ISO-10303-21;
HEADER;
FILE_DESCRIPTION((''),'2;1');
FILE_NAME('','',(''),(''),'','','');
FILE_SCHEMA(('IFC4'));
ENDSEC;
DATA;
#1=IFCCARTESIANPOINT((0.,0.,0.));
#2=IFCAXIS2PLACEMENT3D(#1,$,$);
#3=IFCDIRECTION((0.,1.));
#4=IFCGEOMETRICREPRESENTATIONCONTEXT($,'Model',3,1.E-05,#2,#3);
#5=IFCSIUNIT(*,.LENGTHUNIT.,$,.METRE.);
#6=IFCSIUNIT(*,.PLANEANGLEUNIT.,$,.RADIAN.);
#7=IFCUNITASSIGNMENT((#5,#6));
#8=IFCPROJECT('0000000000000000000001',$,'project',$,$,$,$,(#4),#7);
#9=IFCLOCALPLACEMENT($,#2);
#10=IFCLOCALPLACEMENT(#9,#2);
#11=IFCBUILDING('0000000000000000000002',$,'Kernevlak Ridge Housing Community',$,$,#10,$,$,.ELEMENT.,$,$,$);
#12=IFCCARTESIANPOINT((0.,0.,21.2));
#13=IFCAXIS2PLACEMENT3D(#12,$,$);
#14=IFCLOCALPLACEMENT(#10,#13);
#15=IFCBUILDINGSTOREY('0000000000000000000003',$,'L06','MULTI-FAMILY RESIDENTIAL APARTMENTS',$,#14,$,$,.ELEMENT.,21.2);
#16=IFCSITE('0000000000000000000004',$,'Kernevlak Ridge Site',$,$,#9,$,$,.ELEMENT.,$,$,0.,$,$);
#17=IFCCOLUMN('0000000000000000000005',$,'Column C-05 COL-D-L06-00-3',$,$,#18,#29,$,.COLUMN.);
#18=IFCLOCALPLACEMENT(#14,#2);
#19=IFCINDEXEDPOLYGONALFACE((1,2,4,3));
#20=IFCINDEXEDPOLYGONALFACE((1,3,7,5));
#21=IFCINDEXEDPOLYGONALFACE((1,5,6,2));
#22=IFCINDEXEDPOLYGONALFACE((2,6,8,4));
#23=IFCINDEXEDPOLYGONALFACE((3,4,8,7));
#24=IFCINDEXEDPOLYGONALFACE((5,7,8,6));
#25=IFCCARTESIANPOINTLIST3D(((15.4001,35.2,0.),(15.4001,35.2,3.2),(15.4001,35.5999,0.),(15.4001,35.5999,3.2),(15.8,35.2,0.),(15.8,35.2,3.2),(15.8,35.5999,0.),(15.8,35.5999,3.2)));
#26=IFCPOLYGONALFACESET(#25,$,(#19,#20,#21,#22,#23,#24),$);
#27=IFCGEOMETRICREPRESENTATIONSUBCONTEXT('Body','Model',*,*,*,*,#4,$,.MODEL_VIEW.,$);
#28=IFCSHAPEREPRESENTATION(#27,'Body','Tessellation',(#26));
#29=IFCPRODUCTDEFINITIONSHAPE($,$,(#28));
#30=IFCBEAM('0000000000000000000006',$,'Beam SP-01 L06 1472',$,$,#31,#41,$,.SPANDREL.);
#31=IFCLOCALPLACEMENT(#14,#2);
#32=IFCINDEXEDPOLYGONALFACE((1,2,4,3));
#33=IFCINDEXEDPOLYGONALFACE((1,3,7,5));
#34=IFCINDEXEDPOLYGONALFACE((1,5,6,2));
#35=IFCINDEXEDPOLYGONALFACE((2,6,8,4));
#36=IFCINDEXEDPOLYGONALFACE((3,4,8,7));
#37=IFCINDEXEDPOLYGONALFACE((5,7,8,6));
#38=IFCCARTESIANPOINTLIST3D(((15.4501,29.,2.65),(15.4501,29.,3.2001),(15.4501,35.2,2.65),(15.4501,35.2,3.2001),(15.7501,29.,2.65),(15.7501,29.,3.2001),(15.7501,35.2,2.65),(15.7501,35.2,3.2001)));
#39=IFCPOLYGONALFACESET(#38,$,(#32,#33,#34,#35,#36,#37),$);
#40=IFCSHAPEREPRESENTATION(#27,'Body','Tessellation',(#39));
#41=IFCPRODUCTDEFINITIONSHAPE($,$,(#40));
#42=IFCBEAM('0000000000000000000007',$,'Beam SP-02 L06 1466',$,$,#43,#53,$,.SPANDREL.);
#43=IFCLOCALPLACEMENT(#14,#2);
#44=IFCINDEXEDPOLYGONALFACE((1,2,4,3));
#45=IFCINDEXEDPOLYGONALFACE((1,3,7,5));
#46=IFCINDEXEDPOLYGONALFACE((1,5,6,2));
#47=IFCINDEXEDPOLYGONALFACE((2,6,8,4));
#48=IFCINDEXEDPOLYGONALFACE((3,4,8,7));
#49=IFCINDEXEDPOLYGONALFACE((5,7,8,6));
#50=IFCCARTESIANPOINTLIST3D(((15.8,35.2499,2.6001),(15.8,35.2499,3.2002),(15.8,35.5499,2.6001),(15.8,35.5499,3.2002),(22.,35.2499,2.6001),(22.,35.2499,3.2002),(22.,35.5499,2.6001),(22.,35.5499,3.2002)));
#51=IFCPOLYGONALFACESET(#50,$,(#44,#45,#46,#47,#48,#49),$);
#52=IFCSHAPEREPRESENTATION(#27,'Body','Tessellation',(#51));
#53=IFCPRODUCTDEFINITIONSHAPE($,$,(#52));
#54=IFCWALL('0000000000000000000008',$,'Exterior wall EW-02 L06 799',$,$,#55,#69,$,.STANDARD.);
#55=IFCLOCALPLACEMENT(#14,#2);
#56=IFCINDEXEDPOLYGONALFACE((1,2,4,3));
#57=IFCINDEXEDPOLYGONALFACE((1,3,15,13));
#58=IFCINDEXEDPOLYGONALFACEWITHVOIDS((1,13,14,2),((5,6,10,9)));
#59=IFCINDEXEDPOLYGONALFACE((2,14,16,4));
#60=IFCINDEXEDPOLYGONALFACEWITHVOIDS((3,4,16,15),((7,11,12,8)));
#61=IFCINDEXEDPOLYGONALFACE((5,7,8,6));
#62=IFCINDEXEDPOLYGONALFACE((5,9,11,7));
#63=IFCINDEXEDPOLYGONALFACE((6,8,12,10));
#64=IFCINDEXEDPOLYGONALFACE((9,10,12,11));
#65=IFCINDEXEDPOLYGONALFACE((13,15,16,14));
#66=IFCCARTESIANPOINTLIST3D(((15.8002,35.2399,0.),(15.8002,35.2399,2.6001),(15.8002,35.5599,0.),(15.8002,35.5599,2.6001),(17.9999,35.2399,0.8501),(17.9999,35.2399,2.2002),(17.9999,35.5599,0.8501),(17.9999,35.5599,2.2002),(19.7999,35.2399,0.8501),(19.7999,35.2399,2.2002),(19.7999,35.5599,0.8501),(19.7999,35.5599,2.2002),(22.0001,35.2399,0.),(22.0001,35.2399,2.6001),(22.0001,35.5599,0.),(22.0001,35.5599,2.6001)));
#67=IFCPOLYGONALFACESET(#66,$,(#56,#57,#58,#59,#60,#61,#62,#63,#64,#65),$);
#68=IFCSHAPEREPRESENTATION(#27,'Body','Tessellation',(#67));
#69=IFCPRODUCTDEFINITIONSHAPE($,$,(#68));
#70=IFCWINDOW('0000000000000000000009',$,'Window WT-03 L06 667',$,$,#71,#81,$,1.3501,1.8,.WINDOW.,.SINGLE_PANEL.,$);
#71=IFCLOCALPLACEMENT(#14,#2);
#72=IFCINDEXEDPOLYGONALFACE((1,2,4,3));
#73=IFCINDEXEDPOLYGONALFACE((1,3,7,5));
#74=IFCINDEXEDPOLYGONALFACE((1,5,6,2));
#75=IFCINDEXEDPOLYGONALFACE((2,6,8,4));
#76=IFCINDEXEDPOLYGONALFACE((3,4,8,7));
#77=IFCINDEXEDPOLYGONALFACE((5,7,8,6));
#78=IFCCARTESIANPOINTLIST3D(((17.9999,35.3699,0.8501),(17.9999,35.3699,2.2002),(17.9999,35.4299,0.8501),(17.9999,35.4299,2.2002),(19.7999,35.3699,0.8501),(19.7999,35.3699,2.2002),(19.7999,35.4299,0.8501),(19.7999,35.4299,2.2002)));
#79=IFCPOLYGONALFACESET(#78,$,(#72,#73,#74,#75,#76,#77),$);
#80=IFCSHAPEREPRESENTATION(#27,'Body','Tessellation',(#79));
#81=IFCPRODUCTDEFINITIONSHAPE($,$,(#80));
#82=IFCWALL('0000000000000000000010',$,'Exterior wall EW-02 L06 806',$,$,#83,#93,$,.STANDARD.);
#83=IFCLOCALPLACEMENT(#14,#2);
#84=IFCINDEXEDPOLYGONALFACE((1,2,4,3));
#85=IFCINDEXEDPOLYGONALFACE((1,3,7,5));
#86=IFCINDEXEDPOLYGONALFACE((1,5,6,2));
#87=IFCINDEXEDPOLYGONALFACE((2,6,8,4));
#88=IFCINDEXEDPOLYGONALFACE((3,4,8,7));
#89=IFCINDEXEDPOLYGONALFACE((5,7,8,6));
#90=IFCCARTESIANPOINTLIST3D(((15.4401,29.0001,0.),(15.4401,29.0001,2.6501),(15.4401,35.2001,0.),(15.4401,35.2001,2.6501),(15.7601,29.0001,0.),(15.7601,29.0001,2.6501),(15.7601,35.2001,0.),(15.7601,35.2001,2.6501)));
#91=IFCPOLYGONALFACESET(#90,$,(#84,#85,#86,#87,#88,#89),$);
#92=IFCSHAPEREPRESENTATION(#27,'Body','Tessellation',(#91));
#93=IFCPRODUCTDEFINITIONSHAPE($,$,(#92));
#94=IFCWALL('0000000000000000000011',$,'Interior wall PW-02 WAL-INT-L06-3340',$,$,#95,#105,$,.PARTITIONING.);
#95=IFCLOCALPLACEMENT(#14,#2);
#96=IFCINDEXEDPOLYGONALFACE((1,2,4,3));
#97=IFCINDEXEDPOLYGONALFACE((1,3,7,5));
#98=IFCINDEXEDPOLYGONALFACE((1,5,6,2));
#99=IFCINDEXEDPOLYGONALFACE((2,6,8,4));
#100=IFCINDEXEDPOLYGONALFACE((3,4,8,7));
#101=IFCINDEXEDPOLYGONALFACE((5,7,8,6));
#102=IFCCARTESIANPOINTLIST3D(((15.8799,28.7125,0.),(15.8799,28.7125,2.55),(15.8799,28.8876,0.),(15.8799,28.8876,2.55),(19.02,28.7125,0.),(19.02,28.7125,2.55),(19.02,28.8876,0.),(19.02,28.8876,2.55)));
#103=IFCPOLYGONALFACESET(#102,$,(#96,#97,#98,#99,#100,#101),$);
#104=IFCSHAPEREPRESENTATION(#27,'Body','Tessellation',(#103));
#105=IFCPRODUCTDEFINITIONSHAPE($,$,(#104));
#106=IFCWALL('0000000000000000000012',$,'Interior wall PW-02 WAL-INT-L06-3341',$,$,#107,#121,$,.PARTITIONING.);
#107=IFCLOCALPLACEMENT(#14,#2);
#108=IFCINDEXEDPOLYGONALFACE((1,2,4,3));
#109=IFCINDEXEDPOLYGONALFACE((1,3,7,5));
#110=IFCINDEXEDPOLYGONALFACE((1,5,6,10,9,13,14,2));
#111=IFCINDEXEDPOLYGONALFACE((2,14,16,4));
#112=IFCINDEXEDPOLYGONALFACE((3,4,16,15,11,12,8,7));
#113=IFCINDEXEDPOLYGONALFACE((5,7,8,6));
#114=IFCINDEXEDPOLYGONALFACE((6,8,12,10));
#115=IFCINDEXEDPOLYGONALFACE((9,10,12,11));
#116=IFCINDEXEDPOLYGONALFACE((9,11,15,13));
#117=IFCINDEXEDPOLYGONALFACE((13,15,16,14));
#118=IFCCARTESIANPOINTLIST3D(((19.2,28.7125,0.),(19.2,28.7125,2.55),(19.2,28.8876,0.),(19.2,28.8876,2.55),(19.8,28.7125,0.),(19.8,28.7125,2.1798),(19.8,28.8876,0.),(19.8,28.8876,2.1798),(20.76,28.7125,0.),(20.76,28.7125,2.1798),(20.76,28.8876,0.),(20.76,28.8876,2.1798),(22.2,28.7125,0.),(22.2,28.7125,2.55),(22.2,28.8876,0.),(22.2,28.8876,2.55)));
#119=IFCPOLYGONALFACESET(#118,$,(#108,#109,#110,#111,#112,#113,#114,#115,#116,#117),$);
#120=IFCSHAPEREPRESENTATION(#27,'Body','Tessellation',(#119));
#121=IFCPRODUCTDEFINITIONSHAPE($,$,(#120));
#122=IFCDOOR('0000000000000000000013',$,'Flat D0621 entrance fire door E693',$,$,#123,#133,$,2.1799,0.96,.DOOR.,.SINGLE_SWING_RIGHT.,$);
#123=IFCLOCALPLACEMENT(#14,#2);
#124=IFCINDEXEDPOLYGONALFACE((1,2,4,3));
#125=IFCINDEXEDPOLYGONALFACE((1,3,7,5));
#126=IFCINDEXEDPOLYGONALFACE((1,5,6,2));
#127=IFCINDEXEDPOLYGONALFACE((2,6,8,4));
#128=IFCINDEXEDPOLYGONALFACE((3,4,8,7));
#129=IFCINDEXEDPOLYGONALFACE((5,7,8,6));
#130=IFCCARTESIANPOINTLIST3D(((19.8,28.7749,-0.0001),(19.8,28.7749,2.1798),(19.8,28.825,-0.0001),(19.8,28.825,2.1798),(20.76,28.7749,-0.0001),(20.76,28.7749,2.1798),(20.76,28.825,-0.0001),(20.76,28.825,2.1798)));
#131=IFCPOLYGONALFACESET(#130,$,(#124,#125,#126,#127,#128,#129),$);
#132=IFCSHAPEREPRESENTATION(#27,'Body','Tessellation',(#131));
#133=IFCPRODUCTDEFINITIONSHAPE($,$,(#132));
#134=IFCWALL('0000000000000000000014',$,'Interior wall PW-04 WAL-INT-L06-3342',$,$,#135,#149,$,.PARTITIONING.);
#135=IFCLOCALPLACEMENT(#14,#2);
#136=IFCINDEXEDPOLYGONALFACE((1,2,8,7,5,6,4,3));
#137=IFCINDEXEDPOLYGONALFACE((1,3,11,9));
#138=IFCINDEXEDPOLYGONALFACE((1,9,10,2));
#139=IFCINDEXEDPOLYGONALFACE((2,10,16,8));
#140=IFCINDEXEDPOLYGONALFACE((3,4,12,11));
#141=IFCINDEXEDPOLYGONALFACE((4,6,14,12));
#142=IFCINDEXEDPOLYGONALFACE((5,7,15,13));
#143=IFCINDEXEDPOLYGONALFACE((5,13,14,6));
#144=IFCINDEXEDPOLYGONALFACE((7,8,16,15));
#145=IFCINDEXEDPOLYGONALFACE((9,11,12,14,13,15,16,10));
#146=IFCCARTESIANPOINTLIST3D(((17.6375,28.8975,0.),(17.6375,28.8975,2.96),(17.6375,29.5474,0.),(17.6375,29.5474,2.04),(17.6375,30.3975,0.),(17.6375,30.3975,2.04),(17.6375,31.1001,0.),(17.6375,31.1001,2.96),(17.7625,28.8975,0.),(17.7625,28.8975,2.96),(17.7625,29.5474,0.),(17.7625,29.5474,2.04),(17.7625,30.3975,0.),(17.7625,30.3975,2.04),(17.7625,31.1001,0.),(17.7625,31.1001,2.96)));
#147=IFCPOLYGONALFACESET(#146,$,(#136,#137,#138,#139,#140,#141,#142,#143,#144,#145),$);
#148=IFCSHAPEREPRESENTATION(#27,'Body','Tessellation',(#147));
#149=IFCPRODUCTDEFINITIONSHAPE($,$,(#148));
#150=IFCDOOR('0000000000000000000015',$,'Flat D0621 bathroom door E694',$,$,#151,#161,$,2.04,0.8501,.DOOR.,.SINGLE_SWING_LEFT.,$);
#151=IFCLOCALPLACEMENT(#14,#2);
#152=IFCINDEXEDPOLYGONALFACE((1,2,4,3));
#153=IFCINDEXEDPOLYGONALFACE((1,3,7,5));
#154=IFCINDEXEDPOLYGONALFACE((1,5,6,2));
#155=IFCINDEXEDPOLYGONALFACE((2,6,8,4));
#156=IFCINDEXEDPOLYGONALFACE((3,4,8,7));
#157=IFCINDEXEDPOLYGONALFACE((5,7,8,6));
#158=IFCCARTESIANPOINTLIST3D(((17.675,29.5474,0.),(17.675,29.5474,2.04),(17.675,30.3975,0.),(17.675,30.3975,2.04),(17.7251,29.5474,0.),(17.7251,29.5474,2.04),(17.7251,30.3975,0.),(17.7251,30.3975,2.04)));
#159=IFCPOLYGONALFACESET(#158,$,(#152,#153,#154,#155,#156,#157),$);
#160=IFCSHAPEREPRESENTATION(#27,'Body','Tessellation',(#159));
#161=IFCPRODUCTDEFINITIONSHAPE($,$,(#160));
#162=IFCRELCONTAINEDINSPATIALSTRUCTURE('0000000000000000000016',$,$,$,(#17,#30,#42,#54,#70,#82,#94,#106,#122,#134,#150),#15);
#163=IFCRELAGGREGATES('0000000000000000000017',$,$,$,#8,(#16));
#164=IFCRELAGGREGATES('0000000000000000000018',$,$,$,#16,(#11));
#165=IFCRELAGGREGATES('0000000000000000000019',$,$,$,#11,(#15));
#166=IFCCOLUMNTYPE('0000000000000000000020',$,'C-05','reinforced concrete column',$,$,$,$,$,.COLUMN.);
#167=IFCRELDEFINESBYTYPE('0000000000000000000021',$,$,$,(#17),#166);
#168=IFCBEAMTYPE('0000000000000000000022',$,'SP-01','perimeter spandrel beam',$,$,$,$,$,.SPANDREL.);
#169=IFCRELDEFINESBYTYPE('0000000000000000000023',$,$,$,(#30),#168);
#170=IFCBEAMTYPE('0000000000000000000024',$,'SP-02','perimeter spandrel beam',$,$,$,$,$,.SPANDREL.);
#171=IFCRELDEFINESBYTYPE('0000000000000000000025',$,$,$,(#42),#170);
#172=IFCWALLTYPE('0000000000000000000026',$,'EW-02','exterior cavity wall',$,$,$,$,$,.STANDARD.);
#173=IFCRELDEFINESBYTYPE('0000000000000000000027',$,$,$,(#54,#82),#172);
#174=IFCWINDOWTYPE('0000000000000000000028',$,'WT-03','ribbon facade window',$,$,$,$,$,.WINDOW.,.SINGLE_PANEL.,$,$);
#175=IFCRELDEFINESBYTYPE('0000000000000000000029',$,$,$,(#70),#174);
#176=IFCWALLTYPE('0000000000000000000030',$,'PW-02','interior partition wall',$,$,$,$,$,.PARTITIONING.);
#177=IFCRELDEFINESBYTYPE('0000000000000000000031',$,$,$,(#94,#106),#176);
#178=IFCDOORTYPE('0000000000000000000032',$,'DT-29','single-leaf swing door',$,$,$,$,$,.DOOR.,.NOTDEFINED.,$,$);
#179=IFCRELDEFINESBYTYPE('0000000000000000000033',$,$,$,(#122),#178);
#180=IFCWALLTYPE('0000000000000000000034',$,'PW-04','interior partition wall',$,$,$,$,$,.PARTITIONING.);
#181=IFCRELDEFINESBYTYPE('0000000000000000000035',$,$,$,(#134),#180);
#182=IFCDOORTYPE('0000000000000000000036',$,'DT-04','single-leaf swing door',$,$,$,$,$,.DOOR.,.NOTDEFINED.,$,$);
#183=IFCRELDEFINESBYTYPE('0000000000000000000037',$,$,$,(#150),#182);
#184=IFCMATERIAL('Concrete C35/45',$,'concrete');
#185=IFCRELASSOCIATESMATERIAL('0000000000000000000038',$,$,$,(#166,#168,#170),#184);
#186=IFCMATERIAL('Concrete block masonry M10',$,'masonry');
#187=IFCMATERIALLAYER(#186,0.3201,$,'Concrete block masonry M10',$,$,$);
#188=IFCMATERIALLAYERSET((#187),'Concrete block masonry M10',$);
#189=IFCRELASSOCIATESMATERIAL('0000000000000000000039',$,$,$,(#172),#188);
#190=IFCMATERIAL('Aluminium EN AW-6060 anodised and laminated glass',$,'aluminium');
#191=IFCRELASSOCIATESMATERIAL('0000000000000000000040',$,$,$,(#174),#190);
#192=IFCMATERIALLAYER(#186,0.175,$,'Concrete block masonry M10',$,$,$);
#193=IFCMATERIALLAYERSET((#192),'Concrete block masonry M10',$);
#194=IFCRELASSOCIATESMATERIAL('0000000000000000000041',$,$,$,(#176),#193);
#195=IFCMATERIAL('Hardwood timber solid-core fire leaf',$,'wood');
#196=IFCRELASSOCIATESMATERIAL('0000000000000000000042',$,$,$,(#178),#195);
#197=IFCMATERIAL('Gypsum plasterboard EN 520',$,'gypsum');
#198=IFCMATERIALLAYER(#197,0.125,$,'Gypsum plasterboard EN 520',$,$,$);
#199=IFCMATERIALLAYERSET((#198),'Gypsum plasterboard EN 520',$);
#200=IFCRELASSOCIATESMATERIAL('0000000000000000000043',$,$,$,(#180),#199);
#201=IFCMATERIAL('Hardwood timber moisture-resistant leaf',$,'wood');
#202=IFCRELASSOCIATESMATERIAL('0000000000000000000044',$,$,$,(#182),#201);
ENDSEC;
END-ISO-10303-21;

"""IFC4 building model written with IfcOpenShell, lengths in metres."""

from ifc_helpers import new_model, si_unit, direction, frame, frame_2d, origin, origin_2d, place, context, subcontext, project, spatial, rectangle, extrude, material, layer, layer_set, material_profile, profile_set, type_object, element, fill, save


model = new_model("IFC4")

# Units and contexts
model_context = context("Model", 3, precision=1e-05, world=origin(), true_north=direction((0.0, 1.0)))
body_context = subcontext(model_context, "Body", "Model", "MODEL_VIEW")
ifc_project = project(units=[si_unit("LENGTHUNIT", "METRE"), si_unit("PLANEANGLEUNIT", "RADIAN")], contexts=[model_context])

# Site, building, storey
site_placement = place(None, origin())
site = spatial("IfcSite", under=ifc_project, at=site_placement, Name="Kernevlak Ridge Site", CompositionType="ELEMENT", RefElevation=0.0)
building_placement = place(site_placement, origin())
building = spatial("IfcBuilding", under=site, at=building_placement, Name="Kernevlak Ridge Housing Community", CompositionType="ELEMENT")
storey_placement = place(building_placement, frame((0.0, 0.0, 21.2)))
storey = spatial("IfcBuildingStorey", under=building, at=storey_placement, Name="L06", Description="MULTI-FAMILY RESIDENTIAL APARTMENTS", CompositionType="ELEMENT", Elevation=21.2)

# Column
ifc_material_1 = material(Name="Concrete C35/45", Category="concrete")
ifc_material_profile_1 = material_profile(ifc_material_1, rectangle(XDim=0.3999, YDim=0.3999, at=origin_2d()), Name="RC 400x400")
ifc_profile_set_1 = profile_set([ifc_material_profile_1], Name="Concrete C35/45")
column_type = type_object("IfcColumnType", Name="C-05", Description="reinforced concrete column", PredefinedType="COLUMN", material=ifc_profile_set_1)
column_placement = place(storey_placement, frame((15.6001, 35.3999, 0.0), z_axis=(0.0, 0.0, 1.0), x_axis=(1.0, 0.0, 0.0)))
element("IfcColumn", 1, at=column_placement, inside=storey, type_object=column_type, Name="Column C-05 COL-D-L06-00-3", PredefinedType="COLUMN", context=body_context, shape_type="SweptSolid", body=[
    extrude(rectangle(XDim=0.3999, YDim=0.3999, at=origin_2d()), origin(), (0.0, 0.0, 1.0), 3.2),
])

# Beams
ifc_material_profile_2 = material_profile(ifc_material_1, rectangle(XDim=0.3, YDim=0.55, at=origin_2d()), Name="RC 300x550")
ifc_profile_set_2 = profile_set([ifc_material_profile_2], Name="Concrete C35/45")
beam_type_1 = type_object("IfcBeamType", Name="SP-01", Description="perimeter spandrel beam", PredefinedType="SPANDREL", material=ifc_profile_set_2)
beam_1_placement = place(storey_placement, frame((15.6001, 29.0, 2.925), z_axis=(0.0, 1.0, 0.0), x_axis=(-1.0, 0.0, 0.0)))
element("IfcBeam", 2, at=beam_1_placement, inside=storey, type_object=beam_type_1, Name="Beam SP-01 L06 1472", PredefinedType="SPANDREL", context=body_context, shape_type="SweptSolid", body=[
    extrude(rectangle(XDim=0.3, YDim=0.55, at=origin_2d()), origin(), (0.0, 0.0, 1.0), 6.2),
])
ifc_material_profile_3 = material_profile(ifc_material_1, rectangle(XDim=0.3, YDim=0.6001, at=origin_2d()), Name="RC 300x600")
ifc_profile_set_3 = profile_set([ifc_material_profile_3], Name="Concrete C35/45")
beam_type_2 = type_object("IfcBeamType", Name="SP-02", Description="perimeter spandrel beam", PredefinedType="SPANDREL", material=ifc_profile_set_3)
beam_2_placement = place(storey_placement, frame((15.8, 35.3999, 2.9001), z_axis=(1.0, 0.0, 0.0), x_axis=(0.0, 1.0, 0.0)))
element("IfcBeam", 3, at=beam_2_placement, inside=storey, type_object=beam_type_2, Name="Beam SP-02 L06 1466", PredefinedType="SPANDREL", context=body_context, shape_type="SweptSolid", body=[
    extrude(rectangle(XDim=0.3, YDim=0.6001, at=origin_2d()), origin(), (0.0, 0.0, 1.0), 6.2),
])

# Wall, opening, window
ifc_material_2 = material(Name="Concrete block masonry M10", Category="masonry")
ifc_layer_1 = layer(ifc_material_2, 0.3201, Name="Concrete block masonry M10")
ifc_layer_set_1 = layer_set([ifc_layer_1], Name="Concrete block masonry M10")
wall_type_1 = type_object("IfcWallType", Name="EW-02", Description="exterior cavity wall", PredefinedType="STANDARD", material=ifc_layer_set_1)
wall_1_placement = place(storey_placement, frame((15.8, 35.3999, 0.0), z_axis=(0.0, 0.0, 1.0), x_axis=(1.0, 0.0, 0.0)))
wall_1 = element("IfcWall", 4, at=wall_1_placement, inside=storey, type_object=wall_type_1, Name="Exterior wall EW-02 L06 799", PredefinedType="STANDARD", context=body_context, shape_type="SweptSolid", body=[
    extrude(rectangle(XDim=6.2, YDim=0.3201, at=frame_2d((3.1001, 0.0))), origin(), (0.0, 0.0, 1.0), 2.6001),
])
opening_1_placement = place(wall_1_placement, frame((2.2, 0.0, 0.8501)))
opening_1 = element("IfcOpeningElement", 5, at=opening_1_placement, cuts=wall_1, PredefinedType="OPENING", context=body_context, shape_type="SweptSolid", body=[
    extrude(rectangle(XDim=1.8, YDim=1.3501, at=frame_2d((0.8999, 0.675))), frame((0.0, 0.1699, 0.0), z_axis=(0.0, -1.0, 0.0), x_axis=(1.0, 0.0, 0.0)), (0.0, 0.0, 1.0), 0.3401),
])
ifc_material_3 = material(Name="Aluminium EN AW-6060 anodised and laminated glass", Category="aluminium")
window_type = type_object("IfcWindowType", Name="WT-03", Description="ribbon facade window", PartitioningType="SINGLE_PANEL", PredefinedType="WINDOW", material=ifc_material_3)
window_placement = place(opening_1_placement, origin())
window = element("IfcWindow", 6, at=window_placement, inside=storey, type_object=window_type, Name="Window WT-03 L06 667", OverallHeight=1.3501, OverallWidth=1.8, PartitioningType="SINGLE_PANEL", PredefinedType="WINDOW", context=body_context, shape_type="SweptSolid", body=[
    extrude(rectangle(XDim=1.8, YDim=1.3501, at=frame_2d((0.8999, 0.675))), frame((0.0, 0.03, 0.0), z_axis=(0.0, -1.0, 0.0), x_axis=(1.0, 0.0, 0.0)), (0.0, 0.0, 1.0), 0.0601),
])
fill(opening_1, window)

# Walls
wall_2_placement = place(storey_placement, frame((15.6001, 29.0, 0.0), z_axis=(0.0, 0.0, 1.0), x_axis=(0.0, 1.0, 0.0)))
element("IfcWall", 7, at=wall_2_placement, inside=storey, type_object=wall_type_1, Name="Exterior wall EW-02 L06 806", PredefinedType="STANDARD", context=body_context, shape_type="SweptSolid", body=[
    extrude(rectangle(XDim=6.2, YDim=0.3201, at=frame_2d((3.1001, 0.0))), origin(), (0.0, 0.0, 1.0), 2.6501),
])
ifc_layer_2 = layer(ifc_material_2, 0.175, Name="Concrete block masonry M10")
ifc_layer_set_2 = layer_set([ifc_layer_2], Name="Concrete block masonry M10")
wall_type_2 = type_object("IfcWallType", Name="PW-02", Description="interior partition wall", PredefinedType="PARTITIONING", material=ifc_layer_set_2)
wall_3_placement = place(storey_placement, frame((15.8799, 28.8, 0.0), z_axis=(0.0, 0.0, 1.0), x_axis=(1.0, 0.0, 0.0)))
element("IfcWall", 8, at=wall_3_placement, inside=storey, type_object=wall_type_2, Name="Interior wall PW-02 WAL-INT-L06-3340", PredefinedType="PARTITIONING", context=body_context, shape_type="SweptSolid", body=[
    extrude(rectangle(XDim=3.1401, YDim=0.175, at=frame_2d((1.5701, 0.0))), origin(), (0.0, 0.0, 1.0), 2.55),
])

# Walls, openings, doors
wall_4_placement = place(storey_placement, frame((19.2, 28.8, 0.0), z_axis=(0.0, 0.0, 1.0), x_axis=(1.0, 0.0, 0.0)))
wall_4 = element("IfcWall", 9, at=wall_4_placement, inside=storey, type_object=wall_type_2, Name="Interior wall PW-02 WAL-INT-L06-3341", PredefinedType="PARTITIONING", context=body_context, shape_type="SweptSolid", body=[
    extrude(rectangle(XDim=3.0, YDim=0.175, at=frame_2d((1.5, 0.0))), origin(), (0.0, 0.0, 1.0), 2.55),
])
opening_2_placement = place(wall_4_placement, frame((0.6001, 0.0, 0.0)))
opening_2 = element("IfcOpeningElement", 10, at=opening_2_placement, cuts=wall_4, PredefinedType="OPENING", context=body_context, shape_type="SweptSolid", body=[
    extrude(rectangle(XDim=0.96, YDim=2.1799, at=frame_2d((0.48, 1.0898))), frame((0.0, 0.0974, 0.0), z_axis=(0.0, -1.0, 0.0), x_axis=(1.0, 0.0, 0.0)), (0.0, 0.0, 1.0), 0.1951),
])
ifc_material_4 = material(Name="Hardwood timber solid-core fire leaf", Category="wood")
door_type_1 = type_object("IfcDoorType", Name="DT-29", Description="single-leaf swing door", OperationType="NOTDEFINED", PredefinedType="DOOR", material=ifc_material_4)
door_1_placement = place(opening_2_placement, origin())
door_1 = element("IfcDoor", 11, at=door_1_placement, inside=storey, type_object=door_type_1, Name="Flat D0621 entrance fire door E693", OperationType="SINGLE_SWING_RIGHT", OverallHeight=2.1799, OverallWidth=0.96, PredefinedType="DOOR", context=body_context, shape_type="SweptSolid", body=[
    extrude(rectangle(XDim=0.96, YDim=2.1799, at=frame_2d((0.48, 1.0898))), frame((0.0, 0.0249, 0.0), z_axis=(0.0, -1.0, 0.0), x_axis=(1.0, 0.0, 0.0)), (0.0, 0.0, 1.0), 0.05),
])
fill(opening_2, door_1)
ifc_material_5 = material(Name="Gypsum plasterboard EN 520", Category="gypsum")
ifc_layer_3 = layer(ifc_material_5, 0.125, Name="Gypsum plasterboard EN 520")
ifc_layer_set_3 = layer_set([ifc_layer_3], Name="Gypsum plasterboard EN 520")
wall_type_3 = type_object("IfcWallType", Name="PW-04", Description="interior partition wall", PredefinedType="PARTITIONING", material=ifc_layer_set_3)
wall_5_placement = place(storey_placement, frame((17.7, 28.8975, 0.0), z_axis=(0.0, 0.0, 1.0), x_axis=(0.0, 1.0, 0.0)))
wall_5 = element("IfcWall", 12, at=wall_5_placement, inside=storey, type_object=wall_type_3, Name="Interior wall PW-04 WAL-INT-L06-3342", PredefinedType="PARTITIONING", context=body_context, shape_type="SweptSolid", body=[
    extrude(rectangle(XDim=2.2026, YDim=0.125, at=frame_2d((1.1013, 0.0))), origin(), (0.0, 0.0, 1.0), 2.96),
])
opening_3_placement = place(wall_5_placement, frame((0.6499, 0.0, 0.0)))
opening_3 = element("IfcOpeningElement", 13, at=opening_3_placement, cuts=wall_5, PredefinedType="OPENING", context=body_context, shape_type="SweptSolid", body=[
    extrude(rectangle(XDim=0.8501, YDim=2.04, at=frame_2d((0.425, 1.02))), frame((0.0, 0.0725, 0.0), z_axis=(0.0, -1.0, 0.0), x_axis=(1.0, 0.0, 0.0)), (0.0, 0.0, 1.0), 0.145),
])
ifc_material_6 = material(Name="Hardwood timber moisture-resistant leaf", Category="wood")
door_type_2 = type_object("IfcDoorType", Name="DT-04", Description="single-leaf swing door", OperationType="NOTDEFINED", PredefinedType="DOOR", material=ifc_material_6)
door_2_placement = place(opening_3_placement, origin())
door_2 = element("IfcDoor", 14, at=door_2_placement, inside=storey, type_object=door_type_2, Name="Flat D0621 bathroom door E694", OperationType="SINGLE_SWING_LEFT", OverallHeight=2.04, OverallWidth=0.8501, PredefinedType="DOOR", context=body_context, shape_type="SweptSolid", body=[
    extrude(rectangle(XDim=0.8501, YDim=2.04, at=frame_2d((0.425, 1.02))), frame((0.0, 0.0249, 0.0), z_axis=(0.0, -1.0, 0.0), x_axis=(1.0, 0.0, 0.0)), (0.0, 0.0, 1.0), 0.05),
])
fill(opening_3, door_2)

save(model, "model.ifc")
